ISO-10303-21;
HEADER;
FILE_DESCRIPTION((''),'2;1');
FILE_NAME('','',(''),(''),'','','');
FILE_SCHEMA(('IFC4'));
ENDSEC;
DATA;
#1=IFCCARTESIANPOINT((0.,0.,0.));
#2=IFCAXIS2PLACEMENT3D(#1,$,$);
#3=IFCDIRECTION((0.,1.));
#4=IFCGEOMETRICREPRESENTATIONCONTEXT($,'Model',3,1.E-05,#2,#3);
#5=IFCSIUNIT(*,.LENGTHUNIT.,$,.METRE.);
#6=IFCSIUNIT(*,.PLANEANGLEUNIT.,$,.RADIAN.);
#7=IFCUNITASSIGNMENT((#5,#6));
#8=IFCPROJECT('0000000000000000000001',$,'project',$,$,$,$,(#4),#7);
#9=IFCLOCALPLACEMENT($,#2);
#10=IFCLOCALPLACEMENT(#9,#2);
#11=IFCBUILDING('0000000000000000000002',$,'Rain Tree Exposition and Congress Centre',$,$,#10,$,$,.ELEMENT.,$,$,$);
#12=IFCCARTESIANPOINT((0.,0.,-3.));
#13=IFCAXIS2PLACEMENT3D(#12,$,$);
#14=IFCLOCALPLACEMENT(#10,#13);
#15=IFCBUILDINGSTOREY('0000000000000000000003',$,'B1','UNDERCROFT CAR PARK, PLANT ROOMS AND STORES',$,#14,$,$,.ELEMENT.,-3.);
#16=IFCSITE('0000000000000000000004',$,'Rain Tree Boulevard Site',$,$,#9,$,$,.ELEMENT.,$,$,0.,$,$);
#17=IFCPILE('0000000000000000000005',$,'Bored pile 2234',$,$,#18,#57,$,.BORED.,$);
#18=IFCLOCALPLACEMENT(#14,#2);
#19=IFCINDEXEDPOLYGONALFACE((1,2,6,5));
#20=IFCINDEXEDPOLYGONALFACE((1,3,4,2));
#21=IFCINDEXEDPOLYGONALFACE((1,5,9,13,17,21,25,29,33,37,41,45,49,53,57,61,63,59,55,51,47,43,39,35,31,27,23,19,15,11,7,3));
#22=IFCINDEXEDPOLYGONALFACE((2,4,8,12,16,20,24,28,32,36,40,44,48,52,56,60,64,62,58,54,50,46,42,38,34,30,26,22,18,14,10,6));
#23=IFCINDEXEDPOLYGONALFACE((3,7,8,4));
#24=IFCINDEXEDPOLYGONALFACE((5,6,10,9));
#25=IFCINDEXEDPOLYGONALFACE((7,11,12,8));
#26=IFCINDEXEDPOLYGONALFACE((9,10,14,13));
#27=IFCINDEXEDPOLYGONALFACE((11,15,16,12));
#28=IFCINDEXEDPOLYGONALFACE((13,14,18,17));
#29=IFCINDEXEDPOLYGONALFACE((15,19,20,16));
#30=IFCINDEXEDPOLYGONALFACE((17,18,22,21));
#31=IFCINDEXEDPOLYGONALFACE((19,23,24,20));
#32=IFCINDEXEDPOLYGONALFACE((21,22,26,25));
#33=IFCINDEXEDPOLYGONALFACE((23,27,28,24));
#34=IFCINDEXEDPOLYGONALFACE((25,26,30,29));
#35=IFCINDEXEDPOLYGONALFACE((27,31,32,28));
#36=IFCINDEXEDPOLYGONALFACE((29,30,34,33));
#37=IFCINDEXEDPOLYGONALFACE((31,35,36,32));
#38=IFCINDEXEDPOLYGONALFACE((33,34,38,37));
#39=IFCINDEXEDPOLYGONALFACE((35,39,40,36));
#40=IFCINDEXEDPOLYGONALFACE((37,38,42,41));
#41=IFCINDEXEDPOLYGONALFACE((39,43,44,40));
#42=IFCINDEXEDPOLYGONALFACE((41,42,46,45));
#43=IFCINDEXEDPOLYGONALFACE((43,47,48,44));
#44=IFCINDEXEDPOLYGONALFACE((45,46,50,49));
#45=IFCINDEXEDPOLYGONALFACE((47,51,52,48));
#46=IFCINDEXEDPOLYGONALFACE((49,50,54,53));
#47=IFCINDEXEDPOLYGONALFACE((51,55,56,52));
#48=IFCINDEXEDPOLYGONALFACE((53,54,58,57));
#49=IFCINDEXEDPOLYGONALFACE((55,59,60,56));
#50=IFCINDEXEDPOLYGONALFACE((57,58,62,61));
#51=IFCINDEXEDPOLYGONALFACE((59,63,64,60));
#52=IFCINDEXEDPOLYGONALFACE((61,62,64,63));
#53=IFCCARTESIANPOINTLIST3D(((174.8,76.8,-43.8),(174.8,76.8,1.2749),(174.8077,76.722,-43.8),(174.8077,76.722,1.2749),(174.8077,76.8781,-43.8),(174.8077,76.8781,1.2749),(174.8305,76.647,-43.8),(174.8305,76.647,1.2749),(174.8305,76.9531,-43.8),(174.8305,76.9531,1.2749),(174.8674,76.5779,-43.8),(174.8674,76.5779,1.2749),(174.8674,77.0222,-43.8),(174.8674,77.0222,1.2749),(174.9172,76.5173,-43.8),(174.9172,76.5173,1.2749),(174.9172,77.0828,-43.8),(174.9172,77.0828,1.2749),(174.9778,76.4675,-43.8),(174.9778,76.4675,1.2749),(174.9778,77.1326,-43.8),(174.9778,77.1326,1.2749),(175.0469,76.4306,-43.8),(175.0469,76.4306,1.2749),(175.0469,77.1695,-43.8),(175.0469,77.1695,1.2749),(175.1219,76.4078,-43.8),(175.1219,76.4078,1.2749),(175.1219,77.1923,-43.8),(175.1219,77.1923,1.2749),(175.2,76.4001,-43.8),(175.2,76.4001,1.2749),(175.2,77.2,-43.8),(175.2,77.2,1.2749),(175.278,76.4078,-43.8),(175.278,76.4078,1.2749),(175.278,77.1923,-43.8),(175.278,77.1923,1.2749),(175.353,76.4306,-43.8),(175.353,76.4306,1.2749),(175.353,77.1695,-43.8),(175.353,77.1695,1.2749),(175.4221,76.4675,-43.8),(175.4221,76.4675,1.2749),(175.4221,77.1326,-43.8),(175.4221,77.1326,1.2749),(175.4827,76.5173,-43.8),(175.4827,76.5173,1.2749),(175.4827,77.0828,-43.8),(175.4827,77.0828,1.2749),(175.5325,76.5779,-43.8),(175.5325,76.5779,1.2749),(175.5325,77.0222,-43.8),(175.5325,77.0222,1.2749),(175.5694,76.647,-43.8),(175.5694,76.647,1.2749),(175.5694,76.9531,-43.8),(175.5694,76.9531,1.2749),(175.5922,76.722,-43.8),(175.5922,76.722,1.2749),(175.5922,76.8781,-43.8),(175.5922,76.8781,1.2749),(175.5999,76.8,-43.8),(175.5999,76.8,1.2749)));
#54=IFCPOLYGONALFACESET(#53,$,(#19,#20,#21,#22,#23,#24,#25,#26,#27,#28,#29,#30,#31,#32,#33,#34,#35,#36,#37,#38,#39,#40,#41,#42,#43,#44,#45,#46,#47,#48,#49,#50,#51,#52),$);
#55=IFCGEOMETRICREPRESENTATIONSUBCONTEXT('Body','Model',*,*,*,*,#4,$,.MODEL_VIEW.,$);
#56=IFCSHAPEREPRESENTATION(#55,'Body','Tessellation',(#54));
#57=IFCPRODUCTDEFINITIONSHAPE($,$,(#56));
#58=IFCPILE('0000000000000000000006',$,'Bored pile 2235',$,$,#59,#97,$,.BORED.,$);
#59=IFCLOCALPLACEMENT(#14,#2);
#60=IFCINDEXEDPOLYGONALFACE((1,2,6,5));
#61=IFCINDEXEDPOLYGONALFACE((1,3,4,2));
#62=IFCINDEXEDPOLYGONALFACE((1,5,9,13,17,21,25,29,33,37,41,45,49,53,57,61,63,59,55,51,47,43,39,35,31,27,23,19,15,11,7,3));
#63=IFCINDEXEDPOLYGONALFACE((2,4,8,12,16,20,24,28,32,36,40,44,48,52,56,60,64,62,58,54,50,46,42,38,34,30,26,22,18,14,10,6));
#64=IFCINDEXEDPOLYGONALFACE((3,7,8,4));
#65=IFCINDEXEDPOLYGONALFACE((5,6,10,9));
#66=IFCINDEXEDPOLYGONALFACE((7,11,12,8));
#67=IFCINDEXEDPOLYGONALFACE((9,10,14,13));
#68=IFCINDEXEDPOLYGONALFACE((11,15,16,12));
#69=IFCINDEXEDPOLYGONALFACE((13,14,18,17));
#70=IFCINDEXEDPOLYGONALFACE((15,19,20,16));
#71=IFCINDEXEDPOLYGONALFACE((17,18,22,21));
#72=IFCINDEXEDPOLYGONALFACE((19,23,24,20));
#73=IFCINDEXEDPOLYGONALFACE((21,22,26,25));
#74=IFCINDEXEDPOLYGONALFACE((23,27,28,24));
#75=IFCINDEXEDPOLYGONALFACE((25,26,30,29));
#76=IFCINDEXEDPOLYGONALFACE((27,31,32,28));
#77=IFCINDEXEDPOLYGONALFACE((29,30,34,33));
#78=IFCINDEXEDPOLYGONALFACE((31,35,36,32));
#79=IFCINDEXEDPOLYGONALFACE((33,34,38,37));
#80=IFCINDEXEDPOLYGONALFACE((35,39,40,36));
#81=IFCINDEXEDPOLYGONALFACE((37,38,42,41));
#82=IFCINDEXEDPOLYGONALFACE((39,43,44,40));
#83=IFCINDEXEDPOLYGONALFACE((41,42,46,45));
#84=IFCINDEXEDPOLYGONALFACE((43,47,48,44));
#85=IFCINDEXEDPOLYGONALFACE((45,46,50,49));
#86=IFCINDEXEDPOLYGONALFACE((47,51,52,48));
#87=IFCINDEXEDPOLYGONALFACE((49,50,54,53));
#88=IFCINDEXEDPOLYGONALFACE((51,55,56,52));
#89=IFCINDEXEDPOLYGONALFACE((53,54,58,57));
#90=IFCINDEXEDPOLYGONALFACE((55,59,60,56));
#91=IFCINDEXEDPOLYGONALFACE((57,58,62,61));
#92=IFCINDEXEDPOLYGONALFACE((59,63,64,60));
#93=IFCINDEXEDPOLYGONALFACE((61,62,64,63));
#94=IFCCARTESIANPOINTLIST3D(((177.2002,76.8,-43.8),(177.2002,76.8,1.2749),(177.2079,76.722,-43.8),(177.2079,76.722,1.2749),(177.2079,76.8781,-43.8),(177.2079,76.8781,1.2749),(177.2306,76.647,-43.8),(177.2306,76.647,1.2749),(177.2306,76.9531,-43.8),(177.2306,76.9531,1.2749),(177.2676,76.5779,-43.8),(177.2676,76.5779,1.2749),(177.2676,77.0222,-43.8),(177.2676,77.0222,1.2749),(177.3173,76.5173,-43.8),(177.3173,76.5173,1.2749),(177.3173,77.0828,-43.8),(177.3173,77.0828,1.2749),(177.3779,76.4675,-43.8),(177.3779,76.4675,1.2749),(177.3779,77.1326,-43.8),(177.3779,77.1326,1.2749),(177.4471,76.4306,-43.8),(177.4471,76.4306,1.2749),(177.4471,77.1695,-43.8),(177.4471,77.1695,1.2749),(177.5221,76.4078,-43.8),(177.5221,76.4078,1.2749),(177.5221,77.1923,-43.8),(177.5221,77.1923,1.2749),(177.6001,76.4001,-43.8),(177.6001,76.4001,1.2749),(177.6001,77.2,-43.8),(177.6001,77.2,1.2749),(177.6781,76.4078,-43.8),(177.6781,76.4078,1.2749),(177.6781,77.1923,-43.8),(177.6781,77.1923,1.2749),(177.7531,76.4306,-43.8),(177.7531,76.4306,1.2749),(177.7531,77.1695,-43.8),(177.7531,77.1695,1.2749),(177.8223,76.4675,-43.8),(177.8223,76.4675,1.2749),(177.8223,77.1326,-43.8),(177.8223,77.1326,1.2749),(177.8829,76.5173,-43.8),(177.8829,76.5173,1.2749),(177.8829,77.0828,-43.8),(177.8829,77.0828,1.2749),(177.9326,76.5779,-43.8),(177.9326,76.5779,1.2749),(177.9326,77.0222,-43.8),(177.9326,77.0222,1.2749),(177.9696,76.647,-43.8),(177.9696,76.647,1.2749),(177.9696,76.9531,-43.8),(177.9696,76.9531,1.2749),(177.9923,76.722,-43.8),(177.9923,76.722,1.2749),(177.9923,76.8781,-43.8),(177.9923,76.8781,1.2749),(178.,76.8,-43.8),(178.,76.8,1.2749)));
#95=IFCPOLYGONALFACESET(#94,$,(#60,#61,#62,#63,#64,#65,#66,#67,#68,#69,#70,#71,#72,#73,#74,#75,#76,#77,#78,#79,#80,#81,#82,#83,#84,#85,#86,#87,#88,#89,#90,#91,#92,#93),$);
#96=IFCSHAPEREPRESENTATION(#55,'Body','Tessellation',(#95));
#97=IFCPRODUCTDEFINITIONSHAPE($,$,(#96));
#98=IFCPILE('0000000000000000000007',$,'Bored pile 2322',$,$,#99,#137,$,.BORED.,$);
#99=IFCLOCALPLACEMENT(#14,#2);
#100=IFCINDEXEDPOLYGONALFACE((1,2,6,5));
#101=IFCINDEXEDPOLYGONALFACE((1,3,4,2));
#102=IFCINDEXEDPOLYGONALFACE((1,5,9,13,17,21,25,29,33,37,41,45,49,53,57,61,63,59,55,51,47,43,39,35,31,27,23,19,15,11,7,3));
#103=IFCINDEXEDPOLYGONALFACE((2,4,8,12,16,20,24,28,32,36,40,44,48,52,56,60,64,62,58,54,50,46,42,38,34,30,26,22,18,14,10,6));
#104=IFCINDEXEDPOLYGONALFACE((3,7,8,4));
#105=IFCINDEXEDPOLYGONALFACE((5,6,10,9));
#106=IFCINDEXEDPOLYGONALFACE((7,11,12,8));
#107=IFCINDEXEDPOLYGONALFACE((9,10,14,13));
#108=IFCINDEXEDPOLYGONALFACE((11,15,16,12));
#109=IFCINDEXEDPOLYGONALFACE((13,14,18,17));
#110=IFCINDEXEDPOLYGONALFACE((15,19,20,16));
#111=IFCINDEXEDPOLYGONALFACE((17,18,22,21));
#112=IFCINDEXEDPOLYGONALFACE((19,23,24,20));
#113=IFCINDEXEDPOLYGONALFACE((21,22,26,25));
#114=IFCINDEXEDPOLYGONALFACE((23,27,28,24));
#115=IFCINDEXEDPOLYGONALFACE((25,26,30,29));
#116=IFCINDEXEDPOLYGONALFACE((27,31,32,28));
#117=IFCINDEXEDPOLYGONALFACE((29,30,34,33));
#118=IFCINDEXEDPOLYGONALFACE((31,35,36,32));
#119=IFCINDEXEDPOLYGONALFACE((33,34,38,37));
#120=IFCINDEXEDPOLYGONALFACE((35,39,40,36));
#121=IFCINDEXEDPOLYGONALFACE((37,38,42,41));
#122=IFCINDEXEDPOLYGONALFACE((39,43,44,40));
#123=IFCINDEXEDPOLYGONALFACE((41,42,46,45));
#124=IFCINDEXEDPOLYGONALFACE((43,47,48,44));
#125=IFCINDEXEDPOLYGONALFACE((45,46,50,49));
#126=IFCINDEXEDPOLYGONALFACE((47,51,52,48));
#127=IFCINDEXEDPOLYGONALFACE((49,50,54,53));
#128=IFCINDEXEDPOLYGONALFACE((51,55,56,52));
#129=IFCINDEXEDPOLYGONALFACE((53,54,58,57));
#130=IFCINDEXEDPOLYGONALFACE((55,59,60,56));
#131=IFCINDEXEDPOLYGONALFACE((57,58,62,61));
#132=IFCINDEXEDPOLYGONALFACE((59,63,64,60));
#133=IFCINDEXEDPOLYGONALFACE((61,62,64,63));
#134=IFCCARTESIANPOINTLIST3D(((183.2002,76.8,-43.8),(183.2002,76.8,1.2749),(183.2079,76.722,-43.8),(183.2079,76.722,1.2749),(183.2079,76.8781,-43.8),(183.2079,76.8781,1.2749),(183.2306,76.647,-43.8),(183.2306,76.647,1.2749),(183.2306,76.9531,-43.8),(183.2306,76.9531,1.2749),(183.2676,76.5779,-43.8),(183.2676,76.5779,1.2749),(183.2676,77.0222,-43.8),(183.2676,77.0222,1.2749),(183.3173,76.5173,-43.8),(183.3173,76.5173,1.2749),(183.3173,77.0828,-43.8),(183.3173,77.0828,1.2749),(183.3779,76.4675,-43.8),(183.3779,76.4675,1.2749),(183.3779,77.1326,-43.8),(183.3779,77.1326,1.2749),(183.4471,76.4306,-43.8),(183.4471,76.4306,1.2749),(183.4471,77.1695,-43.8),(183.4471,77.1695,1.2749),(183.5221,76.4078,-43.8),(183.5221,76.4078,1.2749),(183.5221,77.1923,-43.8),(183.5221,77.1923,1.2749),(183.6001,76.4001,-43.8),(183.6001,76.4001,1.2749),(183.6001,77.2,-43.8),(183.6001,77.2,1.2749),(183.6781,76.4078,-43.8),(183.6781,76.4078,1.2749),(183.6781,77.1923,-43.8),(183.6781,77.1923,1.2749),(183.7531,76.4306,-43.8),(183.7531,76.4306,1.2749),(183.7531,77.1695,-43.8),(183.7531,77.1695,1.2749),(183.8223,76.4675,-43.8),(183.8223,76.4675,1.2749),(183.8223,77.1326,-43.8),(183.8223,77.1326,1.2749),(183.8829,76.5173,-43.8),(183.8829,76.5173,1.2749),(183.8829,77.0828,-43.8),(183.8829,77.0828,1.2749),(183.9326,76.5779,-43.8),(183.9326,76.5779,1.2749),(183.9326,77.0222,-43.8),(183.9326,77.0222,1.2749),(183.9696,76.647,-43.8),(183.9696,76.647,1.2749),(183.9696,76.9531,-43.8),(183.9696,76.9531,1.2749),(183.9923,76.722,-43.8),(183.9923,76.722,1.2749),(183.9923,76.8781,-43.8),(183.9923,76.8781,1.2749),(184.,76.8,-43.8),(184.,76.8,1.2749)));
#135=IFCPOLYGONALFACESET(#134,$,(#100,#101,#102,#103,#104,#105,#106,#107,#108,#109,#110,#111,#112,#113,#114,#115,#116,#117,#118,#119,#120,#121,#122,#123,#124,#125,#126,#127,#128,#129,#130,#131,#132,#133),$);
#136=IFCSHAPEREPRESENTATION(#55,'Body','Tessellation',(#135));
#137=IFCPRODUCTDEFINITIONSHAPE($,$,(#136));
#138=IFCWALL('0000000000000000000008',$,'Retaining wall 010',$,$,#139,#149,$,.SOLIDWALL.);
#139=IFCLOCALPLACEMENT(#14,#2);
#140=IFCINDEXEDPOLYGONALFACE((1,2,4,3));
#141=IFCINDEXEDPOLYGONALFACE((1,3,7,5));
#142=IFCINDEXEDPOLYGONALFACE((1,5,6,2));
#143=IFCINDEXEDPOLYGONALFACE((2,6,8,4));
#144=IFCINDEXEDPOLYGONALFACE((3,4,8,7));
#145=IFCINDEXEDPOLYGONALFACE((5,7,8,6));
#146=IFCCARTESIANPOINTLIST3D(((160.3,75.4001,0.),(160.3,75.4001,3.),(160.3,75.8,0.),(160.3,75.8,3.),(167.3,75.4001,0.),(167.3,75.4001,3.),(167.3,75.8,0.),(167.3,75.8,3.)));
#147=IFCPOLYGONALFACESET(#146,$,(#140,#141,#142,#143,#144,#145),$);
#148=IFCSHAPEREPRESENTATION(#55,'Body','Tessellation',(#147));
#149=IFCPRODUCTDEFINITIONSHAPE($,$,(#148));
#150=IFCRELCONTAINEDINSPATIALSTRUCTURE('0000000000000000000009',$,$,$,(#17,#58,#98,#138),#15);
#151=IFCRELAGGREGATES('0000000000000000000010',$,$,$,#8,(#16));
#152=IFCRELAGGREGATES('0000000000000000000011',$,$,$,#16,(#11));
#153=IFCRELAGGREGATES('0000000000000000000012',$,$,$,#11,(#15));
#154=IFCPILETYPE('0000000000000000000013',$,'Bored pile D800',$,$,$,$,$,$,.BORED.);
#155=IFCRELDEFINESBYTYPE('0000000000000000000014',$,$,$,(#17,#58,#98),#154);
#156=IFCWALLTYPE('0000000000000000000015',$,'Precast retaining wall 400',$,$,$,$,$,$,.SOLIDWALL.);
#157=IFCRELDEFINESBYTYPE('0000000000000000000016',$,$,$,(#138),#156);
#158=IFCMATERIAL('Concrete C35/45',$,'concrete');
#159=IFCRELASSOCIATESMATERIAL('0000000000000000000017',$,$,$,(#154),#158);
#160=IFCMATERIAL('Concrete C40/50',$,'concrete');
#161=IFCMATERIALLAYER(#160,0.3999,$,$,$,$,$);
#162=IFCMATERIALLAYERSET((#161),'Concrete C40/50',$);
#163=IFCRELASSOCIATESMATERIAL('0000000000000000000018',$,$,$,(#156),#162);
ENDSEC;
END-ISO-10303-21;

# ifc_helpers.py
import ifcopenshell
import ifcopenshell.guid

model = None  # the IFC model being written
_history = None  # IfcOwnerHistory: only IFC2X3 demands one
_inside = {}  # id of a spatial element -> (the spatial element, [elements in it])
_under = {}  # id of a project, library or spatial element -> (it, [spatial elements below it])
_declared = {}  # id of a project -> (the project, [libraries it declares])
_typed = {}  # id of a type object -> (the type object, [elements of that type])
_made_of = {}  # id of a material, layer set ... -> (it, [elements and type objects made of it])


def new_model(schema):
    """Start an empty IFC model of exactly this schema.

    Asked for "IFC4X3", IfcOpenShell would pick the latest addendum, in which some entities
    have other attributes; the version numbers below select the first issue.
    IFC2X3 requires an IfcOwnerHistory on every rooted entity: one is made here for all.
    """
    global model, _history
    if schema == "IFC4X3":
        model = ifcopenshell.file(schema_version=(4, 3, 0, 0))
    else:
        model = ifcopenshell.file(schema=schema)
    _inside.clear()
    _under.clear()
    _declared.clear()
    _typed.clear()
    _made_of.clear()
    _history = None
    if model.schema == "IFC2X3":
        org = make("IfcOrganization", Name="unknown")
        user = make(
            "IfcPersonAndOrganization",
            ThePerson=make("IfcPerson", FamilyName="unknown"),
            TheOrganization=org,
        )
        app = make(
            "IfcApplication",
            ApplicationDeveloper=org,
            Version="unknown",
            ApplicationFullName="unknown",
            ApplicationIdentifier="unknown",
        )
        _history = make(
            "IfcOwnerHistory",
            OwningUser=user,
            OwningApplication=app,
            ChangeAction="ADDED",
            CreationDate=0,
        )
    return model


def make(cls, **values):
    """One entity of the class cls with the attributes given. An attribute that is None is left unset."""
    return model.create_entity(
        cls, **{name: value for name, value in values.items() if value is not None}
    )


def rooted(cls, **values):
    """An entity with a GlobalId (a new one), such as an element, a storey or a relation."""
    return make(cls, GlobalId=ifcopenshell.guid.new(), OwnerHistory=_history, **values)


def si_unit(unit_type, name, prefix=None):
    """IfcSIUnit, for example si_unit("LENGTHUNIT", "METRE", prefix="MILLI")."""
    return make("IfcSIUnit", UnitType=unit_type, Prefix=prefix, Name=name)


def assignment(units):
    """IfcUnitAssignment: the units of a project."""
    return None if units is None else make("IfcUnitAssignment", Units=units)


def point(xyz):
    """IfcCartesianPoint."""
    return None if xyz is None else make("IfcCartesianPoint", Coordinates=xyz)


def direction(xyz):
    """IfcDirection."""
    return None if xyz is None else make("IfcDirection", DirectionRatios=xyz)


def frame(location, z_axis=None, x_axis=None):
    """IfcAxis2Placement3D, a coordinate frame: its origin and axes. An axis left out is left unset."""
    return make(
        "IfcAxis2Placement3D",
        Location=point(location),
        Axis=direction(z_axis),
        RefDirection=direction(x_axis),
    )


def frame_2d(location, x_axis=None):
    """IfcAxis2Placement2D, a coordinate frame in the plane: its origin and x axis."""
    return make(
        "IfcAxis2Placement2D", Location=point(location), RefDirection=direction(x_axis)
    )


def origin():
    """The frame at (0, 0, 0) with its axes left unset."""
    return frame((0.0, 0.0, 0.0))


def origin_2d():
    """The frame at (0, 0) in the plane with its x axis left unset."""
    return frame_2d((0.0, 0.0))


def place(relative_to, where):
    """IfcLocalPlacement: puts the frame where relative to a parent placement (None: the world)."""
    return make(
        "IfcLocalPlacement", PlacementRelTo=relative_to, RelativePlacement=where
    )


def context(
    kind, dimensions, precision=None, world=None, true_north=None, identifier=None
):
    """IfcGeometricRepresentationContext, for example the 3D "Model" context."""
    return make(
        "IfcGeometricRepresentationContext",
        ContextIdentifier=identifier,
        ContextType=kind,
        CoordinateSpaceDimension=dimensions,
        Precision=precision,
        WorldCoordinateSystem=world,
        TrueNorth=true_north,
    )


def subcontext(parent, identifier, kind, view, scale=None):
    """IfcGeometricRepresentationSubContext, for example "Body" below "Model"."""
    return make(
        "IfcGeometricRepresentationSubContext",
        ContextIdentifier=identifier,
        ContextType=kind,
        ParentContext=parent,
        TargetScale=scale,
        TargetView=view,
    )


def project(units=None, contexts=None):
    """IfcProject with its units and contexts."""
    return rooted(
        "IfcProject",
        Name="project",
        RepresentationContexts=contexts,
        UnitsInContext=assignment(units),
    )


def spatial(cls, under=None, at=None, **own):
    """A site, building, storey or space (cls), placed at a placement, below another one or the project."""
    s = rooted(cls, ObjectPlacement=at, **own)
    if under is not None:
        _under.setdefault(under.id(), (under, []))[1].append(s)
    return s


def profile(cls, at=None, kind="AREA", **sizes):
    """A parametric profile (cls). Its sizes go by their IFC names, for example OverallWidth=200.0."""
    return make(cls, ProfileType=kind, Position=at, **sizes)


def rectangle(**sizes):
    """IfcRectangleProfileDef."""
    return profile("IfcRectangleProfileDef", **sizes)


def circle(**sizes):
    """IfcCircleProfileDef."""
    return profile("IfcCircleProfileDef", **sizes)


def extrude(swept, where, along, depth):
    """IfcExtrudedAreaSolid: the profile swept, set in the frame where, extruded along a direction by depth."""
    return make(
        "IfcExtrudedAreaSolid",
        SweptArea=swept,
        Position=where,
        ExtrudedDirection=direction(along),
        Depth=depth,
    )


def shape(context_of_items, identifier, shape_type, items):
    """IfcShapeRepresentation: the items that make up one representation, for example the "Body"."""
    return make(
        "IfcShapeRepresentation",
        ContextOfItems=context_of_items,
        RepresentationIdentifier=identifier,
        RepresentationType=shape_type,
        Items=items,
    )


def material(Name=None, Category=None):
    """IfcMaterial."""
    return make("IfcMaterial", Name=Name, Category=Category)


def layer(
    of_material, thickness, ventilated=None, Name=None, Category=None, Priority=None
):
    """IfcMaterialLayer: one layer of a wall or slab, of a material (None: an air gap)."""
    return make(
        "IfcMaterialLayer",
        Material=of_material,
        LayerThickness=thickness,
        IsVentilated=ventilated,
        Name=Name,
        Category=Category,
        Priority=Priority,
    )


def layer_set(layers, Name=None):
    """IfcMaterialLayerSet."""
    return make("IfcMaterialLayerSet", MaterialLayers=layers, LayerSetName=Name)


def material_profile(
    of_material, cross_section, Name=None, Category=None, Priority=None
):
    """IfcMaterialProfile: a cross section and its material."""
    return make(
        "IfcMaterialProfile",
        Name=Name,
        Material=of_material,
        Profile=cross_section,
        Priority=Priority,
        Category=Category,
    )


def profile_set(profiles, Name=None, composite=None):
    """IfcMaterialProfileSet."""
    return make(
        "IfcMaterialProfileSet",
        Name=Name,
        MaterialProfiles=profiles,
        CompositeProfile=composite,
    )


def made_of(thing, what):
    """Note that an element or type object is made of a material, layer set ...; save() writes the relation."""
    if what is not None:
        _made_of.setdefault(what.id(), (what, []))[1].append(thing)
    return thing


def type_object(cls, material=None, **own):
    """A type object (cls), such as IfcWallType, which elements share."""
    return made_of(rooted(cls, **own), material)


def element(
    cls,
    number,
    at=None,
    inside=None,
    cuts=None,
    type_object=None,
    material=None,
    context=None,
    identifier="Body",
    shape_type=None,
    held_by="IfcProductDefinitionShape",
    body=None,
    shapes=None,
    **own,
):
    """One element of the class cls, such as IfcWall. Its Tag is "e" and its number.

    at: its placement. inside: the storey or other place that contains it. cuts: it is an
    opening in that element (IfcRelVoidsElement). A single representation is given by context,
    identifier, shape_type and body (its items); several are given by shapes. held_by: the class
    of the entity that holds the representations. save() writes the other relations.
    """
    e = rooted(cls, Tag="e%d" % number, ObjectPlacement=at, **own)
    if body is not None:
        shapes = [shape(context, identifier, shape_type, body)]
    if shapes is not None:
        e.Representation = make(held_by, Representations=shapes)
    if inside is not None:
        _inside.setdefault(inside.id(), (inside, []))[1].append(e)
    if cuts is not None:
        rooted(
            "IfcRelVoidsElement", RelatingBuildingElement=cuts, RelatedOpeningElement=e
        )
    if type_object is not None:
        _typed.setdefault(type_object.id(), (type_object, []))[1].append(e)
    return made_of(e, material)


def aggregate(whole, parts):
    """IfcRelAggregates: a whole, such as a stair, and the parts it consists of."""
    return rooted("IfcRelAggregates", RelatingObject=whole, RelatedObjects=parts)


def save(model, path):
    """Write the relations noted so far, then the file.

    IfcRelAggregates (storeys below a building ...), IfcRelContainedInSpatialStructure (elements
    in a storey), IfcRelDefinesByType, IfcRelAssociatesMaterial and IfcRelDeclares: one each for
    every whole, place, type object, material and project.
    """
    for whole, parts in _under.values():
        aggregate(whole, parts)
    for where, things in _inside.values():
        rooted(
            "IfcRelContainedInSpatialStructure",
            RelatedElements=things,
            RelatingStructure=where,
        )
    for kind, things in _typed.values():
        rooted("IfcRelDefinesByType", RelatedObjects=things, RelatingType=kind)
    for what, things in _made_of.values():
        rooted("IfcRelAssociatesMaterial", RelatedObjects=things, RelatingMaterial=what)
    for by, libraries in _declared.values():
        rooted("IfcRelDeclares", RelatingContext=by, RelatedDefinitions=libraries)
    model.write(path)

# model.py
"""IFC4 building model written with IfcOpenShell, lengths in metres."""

from ifc_helpers import new_model, si_unit, direction, frame, frame_2d, origin, origin_2d, place, context, subcontext, project, spatial, rectangle, circle, extrude, material, layer, layer_set, material_profile, profile_set, type_object, element, save


model = new_model("IFC4")

# Units and contexts
model_context = context("Model", 3, precision=1e-05, world=origin(), true_north=direction((0.0, 1.0)))
body_context = subcontext(model_context, "Body", "Model", "MODEL_VIEW")
ifc_project = project(units=[si_unit("LENGTHUNIT", "METRE"), si_unit("PLANEANGLEUNIT", "RADIAN")], contexts=[model_context])

# Site, building, storey
site_placement = place(None, origin())
site = spatial("IfcSite", under=ifc_project, at=site_placement, Name="Rain Tree Boulevard Site", CompositionType="ELEMENT", RefElevation=0.0)
building_placement = place(site_placement, origin())
building = spatial("IfcBuilding", under=site, at=building_placement, Name="Rain Tree Exposition and Congress Centre", CompositionType="ELEMENT")
storey_placement = place(building_placement, frame((0.0, 0.0, -3.0)))
storey = spatial("IfcBuildingStorey", under=building, at=storey_placement, Name="B1", Description="UNDERCROFT CAR PARK, PLANT ROOMS AND STORES", CompositionType="ELEMENT", Elevation=-3.0)

# Piles
ifc_material_1 = material(Name="Concrete C35/45", Category="concrete")
ifc_material_profile_1 = material_profile(ifc_material_1, circle(Radius=0.3999, at=origin_2d()), Name="D800")
ifc_profile_set_1 = profile_set([ifc_material_profile_1], Name="Concrete C35/45")
pile_type_1 = type_object("IfcPileType", Name="Bored pile D800", PredefinedType="BORED", material=ifc_profile_set_1)
for number, where, z_axis, x_axis, name in (
    (1, (175.2, 76.8, 1.2749), (0.0, 0.0, -1.0), (1.0, 0.0, 0.0), "Bored pile 2234"),
    (2, (177.6001, 76.8, 1.2749), (0.0, 0.0, -1.0), (1.0, 0.0, 0.0), "Bored pile 2235"),
    (3, (183.6001, 76.8, 1.2749), (0.0, 0.0, -1.0), (1.0, 0.0, 0.0), "Bored pile 2322"),
):
    element("IfcPile", number, at=place(storey_placement, frame(where, z_axis=z_axis, x_axis=x_axis)), inside=storey, type_object=pile_type_1, Name=name, PredefinedType="BORED", context=body_context, shape_type="SweptSolid", body=[
        extrude(circle(Radius=0.3999, at=origin_2d()), origin(), (0.0, 0.0, 1.0), 45.075),
    ])

# Wall
ifc_material_2 = material(Name="Concrete C40/50", Category="concrete")
ifc_layer = layer(ifc_material_2, 0.3999)
ifc_layer_set = layer_set([ifc_layer], Name="Concrete C40/50")
wall_type = type_object("IfcWallType", Name="Precast retaining wall 400", PredefinedType="SOLIDWALL", material=ifc_layer_set)
wall_placement = place(storey_placement, frame((167.3, 75.6001, 0.0), z_axis=(0.0, 0.0, 1.0), x_axis=(-1.0, 0.0, 0.0)))
element("IfcWall", 4, at=wall_placement, inside=storey, type_object=wall_type, Name="Retaining wall 010", PredefinedType="SOLIDWALL", context=body_context, shape_type="SweptSolid", body=[
    extrude(rectangle(XDim=7.0, YDim=0.3999, at=frame_2d((3.5, 0.0))), origin(), (0.0, 0.0, 1.0), 3.0),
])

save(model, "model.ifc")
